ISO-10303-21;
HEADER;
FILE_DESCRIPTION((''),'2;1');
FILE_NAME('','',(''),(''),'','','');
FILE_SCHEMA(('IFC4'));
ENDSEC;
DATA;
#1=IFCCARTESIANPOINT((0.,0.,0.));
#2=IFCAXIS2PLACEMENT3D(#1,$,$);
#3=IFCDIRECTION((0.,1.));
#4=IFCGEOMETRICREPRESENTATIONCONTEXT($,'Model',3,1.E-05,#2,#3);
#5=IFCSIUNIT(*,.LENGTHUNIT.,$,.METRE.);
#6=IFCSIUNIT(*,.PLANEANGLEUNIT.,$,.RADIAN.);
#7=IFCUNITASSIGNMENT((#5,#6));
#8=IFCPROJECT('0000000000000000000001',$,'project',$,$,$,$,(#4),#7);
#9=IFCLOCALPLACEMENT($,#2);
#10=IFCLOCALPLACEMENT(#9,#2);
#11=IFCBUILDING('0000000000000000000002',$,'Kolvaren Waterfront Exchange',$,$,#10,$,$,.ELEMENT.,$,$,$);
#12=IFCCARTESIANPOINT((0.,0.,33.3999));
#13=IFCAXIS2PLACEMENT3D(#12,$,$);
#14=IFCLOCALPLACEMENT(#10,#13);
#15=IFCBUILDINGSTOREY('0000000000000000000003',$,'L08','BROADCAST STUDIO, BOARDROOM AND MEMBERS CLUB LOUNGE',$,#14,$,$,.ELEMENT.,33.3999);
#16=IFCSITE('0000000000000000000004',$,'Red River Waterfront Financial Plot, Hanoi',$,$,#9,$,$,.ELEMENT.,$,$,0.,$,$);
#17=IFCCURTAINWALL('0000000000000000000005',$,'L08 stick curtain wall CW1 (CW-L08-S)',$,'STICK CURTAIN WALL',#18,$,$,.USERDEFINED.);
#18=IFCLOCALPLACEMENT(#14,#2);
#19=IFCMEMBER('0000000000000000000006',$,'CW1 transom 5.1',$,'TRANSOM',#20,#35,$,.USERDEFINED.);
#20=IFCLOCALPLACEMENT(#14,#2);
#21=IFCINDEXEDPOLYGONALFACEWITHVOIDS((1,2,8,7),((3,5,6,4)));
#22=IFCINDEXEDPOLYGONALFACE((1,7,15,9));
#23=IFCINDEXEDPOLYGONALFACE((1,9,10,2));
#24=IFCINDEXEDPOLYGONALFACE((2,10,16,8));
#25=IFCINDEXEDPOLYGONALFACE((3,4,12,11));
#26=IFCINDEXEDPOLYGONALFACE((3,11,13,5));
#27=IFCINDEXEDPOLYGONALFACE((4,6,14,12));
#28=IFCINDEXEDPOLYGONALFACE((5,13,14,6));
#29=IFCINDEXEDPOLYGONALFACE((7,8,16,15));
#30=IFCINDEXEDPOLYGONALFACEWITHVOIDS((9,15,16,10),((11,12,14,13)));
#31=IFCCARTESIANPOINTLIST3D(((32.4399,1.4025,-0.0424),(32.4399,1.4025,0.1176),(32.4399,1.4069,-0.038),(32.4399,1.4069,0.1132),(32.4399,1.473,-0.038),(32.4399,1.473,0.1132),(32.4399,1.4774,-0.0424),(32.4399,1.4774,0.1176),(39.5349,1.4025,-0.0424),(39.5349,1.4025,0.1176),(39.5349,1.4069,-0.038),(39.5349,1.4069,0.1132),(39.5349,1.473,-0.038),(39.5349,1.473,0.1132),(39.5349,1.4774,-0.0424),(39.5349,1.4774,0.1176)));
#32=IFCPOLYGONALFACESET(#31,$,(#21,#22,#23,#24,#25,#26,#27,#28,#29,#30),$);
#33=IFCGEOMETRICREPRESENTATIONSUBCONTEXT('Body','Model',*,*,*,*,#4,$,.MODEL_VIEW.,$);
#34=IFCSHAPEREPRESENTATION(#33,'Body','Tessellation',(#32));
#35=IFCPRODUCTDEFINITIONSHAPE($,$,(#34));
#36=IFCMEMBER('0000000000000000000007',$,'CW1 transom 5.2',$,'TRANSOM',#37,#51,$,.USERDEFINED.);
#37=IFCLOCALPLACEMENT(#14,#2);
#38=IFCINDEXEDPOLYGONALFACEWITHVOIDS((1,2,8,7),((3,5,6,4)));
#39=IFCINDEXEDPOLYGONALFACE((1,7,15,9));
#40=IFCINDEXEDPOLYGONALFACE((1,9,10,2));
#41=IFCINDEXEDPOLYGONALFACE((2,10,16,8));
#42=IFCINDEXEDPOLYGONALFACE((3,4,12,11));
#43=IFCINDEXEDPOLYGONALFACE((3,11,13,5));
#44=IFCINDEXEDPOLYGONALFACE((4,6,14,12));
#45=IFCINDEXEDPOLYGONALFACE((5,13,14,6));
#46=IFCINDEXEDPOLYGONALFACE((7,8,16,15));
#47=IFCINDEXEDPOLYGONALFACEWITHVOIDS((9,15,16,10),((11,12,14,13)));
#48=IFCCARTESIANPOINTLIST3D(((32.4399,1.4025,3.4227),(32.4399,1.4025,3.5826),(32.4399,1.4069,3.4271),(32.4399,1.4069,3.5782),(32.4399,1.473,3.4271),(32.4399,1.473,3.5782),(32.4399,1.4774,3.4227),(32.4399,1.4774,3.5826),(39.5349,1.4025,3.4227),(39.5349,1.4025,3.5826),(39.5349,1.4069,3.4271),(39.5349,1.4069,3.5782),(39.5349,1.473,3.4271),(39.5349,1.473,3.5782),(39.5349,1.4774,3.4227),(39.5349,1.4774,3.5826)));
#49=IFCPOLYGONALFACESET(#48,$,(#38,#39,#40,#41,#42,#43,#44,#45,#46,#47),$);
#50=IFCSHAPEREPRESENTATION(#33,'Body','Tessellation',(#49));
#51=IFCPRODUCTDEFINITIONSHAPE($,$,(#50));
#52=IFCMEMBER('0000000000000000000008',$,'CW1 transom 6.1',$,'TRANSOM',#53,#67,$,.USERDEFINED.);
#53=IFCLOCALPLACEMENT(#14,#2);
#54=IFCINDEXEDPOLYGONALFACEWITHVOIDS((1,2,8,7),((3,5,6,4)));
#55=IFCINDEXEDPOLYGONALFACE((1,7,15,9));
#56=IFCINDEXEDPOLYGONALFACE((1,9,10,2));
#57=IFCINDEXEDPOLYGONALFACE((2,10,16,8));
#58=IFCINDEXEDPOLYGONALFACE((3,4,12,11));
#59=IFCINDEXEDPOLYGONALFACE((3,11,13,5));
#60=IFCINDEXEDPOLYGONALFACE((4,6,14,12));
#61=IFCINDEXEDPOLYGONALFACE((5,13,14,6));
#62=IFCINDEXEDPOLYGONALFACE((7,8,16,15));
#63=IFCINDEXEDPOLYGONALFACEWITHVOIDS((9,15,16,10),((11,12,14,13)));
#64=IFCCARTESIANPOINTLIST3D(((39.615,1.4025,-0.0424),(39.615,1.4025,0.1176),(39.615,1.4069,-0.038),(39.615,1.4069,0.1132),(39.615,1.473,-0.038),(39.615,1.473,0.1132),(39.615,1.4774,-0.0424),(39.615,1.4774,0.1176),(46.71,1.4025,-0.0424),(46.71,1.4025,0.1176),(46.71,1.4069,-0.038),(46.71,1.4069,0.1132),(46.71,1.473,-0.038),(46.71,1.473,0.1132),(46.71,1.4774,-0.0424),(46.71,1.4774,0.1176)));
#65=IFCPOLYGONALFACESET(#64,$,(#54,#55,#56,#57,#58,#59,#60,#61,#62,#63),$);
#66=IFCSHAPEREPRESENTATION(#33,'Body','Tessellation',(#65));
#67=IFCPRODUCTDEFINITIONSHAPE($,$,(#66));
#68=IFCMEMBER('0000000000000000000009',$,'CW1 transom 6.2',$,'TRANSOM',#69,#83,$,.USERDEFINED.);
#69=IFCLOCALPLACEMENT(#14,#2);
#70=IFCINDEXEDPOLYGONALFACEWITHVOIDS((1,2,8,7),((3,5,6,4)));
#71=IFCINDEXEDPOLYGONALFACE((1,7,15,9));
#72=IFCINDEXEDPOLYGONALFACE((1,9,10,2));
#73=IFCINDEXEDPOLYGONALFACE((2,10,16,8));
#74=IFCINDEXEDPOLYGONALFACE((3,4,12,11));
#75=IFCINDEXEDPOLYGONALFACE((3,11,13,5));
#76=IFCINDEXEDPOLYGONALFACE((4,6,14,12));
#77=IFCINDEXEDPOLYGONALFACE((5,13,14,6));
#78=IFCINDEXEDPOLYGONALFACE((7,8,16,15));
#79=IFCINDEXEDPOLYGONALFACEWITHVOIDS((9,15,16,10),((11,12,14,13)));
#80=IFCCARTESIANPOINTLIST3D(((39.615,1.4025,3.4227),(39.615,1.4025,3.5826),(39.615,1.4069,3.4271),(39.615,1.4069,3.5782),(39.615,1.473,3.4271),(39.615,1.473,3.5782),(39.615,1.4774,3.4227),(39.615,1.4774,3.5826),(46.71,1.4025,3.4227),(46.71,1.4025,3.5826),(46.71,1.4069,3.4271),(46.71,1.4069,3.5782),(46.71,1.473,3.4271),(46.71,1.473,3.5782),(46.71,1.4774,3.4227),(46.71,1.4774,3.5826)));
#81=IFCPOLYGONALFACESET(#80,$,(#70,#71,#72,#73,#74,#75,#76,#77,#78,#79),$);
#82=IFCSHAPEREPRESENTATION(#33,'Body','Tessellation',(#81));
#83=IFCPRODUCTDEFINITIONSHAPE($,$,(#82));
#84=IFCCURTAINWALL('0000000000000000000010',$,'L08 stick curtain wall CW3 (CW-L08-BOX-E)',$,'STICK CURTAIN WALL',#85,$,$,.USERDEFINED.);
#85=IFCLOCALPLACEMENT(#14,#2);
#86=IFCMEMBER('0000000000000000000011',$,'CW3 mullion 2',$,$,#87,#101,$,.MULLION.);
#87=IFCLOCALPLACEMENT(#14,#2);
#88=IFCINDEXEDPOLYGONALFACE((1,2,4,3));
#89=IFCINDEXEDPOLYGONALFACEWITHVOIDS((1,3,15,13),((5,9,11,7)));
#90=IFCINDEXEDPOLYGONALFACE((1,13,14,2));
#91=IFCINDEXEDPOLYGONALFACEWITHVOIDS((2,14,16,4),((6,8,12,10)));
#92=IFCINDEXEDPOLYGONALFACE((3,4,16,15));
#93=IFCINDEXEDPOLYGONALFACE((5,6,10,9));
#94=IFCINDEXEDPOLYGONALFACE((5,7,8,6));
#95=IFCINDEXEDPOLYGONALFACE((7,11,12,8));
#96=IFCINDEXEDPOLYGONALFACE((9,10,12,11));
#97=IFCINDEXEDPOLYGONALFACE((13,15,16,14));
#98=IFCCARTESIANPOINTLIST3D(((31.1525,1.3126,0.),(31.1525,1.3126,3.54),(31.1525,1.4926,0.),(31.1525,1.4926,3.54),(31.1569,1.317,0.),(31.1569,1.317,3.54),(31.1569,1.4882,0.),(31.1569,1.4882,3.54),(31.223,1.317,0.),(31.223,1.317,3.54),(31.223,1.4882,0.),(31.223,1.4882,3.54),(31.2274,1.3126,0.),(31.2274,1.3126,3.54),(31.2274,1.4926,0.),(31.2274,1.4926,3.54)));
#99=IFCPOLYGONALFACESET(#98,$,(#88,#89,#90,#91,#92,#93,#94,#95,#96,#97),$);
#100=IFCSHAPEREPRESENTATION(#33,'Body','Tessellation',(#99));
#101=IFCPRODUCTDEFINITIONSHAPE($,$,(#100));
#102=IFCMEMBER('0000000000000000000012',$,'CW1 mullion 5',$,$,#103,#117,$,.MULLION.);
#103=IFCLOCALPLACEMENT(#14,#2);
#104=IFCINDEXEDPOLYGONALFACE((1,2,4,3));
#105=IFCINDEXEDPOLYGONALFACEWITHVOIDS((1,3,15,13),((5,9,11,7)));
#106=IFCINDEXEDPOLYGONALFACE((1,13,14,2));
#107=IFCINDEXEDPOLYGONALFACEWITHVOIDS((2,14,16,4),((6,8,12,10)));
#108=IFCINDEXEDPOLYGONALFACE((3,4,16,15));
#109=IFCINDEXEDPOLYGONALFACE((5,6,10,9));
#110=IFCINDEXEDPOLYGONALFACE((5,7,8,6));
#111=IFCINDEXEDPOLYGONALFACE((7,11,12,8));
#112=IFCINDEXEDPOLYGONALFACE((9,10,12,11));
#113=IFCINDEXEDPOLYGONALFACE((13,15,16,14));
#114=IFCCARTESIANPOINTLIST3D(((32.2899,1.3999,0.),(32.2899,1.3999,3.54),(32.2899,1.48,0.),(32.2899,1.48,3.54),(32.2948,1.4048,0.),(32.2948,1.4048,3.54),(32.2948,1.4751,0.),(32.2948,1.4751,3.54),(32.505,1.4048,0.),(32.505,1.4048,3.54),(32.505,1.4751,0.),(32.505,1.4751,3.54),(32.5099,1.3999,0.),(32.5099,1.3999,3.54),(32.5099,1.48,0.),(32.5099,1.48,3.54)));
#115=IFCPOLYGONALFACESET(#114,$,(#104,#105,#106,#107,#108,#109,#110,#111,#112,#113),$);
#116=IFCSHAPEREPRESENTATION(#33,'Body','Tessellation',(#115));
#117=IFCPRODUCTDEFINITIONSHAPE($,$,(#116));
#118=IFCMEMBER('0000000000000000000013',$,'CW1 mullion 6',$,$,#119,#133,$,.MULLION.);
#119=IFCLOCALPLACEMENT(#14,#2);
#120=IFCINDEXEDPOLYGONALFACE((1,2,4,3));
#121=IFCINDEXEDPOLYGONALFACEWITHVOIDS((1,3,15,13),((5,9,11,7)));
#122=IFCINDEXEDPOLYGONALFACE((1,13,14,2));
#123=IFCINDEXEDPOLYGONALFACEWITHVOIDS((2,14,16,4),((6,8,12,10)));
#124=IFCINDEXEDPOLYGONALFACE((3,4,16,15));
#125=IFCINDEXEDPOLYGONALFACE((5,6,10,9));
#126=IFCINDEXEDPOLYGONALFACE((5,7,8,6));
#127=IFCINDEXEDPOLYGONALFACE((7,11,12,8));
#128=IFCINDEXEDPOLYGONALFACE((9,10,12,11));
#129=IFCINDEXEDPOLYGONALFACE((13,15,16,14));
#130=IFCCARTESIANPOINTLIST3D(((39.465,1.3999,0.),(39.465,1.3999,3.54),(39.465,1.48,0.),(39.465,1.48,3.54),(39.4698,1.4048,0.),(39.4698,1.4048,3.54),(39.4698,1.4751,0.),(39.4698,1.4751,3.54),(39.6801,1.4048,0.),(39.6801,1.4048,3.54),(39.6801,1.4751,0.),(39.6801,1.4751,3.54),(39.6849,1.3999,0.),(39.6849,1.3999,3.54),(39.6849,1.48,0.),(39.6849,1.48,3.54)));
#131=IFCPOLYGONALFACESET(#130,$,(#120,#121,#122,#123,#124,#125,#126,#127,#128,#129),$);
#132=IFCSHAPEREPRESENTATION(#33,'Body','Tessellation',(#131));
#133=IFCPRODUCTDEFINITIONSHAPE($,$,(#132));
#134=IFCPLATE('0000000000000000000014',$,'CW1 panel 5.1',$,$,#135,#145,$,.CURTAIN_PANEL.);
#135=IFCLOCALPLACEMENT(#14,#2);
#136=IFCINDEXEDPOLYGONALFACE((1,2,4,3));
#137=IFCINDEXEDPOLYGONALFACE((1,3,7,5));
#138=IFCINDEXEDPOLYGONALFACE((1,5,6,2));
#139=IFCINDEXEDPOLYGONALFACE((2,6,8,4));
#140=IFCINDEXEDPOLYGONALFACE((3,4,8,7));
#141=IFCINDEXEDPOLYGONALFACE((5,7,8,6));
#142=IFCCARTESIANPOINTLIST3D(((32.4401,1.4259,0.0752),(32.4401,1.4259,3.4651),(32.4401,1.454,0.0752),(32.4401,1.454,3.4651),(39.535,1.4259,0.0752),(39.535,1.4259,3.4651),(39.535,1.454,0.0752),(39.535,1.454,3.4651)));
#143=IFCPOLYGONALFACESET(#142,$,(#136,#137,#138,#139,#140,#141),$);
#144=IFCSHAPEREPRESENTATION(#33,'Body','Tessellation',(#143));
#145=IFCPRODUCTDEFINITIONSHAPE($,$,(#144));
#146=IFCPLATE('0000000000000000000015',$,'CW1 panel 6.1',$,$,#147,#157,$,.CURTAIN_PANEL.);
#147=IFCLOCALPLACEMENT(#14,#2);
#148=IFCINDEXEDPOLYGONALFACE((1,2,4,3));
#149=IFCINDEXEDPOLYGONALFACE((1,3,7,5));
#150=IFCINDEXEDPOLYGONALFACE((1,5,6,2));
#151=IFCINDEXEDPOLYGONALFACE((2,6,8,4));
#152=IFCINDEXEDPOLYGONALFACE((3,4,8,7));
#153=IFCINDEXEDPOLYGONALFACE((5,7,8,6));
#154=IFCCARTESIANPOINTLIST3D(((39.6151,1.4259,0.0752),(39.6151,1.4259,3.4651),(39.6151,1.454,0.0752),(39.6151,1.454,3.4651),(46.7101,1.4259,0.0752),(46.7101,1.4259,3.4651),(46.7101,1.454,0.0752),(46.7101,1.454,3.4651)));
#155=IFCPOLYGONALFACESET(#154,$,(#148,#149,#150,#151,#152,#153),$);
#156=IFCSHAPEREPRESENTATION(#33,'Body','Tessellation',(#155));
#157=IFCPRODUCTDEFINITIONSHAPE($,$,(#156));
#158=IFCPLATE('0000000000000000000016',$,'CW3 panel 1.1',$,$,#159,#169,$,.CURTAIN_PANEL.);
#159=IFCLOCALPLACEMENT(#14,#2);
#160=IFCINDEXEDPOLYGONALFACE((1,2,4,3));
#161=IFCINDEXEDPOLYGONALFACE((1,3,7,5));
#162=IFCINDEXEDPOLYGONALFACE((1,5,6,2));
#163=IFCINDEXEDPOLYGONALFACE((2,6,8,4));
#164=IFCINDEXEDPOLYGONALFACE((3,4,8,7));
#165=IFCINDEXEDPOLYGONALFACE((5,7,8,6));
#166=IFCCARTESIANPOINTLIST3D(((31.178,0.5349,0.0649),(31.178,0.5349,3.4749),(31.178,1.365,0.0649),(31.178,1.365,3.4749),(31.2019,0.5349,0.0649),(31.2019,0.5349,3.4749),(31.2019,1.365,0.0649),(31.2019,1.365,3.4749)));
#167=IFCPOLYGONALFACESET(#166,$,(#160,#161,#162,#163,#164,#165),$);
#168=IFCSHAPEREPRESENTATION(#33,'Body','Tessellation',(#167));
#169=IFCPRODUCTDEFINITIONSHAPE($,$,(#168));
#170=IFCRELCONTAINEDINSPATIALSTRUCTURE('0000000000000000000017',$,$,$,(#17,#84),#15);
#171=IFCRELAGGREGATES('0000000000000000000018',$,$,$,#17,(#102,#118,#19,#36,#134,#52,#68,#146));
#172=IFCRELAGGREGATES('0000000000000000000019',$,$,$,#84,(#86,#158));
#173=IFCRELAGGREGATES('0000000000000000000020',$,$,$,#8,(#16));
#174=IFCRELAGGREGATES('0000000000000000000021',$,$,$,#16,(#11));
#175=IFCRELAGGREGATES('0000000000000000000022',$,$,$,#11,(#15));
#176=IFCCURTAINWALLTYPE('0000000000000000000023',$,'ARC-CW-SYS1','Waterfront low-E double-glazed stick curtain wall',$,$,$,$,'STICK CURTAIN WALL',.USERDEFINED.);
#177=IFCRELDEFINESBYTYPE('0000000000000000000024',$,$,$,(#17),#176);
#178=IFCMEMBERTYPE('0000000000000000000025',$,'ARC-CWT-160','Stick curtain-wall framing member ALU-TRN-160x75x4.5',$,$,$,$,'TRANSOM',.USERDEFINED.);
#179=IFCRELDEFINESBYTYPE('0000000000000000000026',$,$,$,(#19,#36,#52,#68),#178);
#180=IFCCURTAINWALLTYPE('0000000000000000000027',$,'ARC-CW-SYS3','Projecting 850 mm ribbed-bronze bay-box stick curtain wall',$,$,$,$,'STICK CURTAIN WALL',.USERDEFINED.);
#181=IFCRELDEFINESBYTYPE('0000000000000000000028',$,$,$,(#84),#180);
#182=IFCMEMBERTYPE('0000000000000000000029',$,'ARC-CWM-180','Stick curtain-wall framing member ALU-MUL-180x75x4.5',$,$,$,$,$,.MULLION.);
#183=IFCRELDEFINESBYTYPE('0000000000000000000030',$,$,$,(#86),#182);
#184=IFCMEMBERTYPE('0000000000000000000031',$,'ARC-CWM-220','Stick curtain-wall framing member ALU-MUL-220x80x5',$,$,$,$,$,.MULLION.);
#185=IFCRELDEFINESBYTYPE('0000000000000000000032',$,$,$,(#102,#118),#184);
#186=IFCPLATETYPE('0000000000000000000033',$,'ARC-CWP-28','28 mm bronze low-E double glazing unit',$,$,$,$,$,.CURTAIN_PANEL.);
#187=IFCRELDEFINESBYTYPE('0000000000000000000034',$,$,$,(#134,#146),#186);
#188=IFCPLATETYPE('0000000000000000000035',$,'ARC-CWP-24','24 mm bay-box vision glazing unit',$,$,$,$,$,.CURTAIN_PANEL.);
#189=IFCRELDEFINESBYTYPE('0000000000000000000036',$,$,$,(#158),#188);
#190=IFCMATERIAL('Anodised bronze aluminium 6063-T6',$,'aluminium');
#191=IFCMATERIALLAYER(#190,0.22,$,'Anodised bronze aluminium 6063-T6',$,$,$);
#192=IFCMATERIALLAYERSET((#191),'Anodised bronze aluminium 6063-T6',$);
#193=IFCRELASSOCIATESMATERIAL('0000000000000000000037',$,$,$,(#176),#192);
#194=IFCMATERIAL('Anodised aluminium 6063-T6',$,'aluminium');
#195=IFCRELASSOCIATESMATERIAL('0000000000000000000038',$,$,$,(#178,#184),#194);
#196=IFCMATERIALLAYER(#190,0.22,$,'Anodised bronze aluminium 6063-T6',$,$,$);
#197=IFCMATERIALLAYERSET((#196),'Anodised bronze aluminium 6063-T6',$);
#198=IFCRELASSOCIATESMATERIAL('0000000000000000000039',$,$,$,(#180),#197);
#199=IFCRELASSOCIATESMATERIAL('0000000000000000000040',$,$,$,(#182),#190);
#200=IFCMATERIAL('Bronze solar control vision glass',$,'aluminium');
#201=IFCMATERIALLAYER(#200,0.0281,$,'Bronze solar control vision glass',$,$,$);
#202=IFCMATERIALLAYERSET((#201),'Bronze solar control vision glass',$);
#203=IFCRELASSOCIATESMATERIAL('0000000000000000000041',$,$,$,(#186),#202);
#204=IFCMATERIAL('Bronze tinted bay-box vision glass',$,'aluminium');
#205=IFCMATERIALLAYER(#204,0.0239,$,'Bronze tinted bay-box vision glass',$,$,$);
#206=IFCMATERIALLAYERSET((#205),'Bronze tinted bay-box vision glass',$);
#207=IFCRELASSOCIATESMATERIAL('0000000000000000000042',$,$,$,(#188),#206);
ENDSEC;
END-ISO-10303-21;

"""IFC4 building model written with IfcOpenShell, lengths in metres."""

from ifc_helpers import new_model, si_unit, direction, frame, origin, origin_with_axes, origin_2d, place, context, subcontext, project, spatial, rectangle, hollow_rectangle, extrude, source, transform, mapped, material, layer, layer_set, material_profile, profile_set, type_object, element, aggregate, save


model = new_model("IFC4")

# Units and contexts
model_context = context("Model", 3, precision=1e-05, world=origin(), true_north=direction((0.0, 1.0)))
body_context = subcontext(model_context, "Body", "Model", "MODEL_VIEW")
ifc_project = project(units=[si_unit("LENGTHUNIT", "METRE"), si_unit("PLANEANGLEUNIT", "RADIAN")], contexts=[model_context])

# Site, building, storey
site_placement = place(None, origin())
site = spatial("IfcSite", under=ifc_project, at=site_placement, Name="Red River Waterfront Financial Plot, Hanoi", CompositionType="ELEMENT", RefElevation=0.0)
building_placement = place(site_placement, origin())
building = spatial("IfcBuilding", under=site, at=building_placement, Name="Kolvaren Waterfront Exchange", CompositionType="ELEMENT")
storey_placement = place(building_placement, frame((0.0, 0.0, 33.3999)))
storey = spatial("IfcBuildingStorey", under=building, at=storey_placement, Name="L08", Description="BROADCAST STUDIO, BOARDROOM AND MEMBERS CLUB LOUNGE", CompositionType="ELEMENT", Elevation=33.3999)

# Curtain wall, members
ifc_material_1 = material(Name="Anodised bronze aluminium 6063-T6", Category="aluminium")
ifc_layer_1 = layer(ifc_material_1, 0.22, Name="Anodised bronze aluminium 6063-T6")
ifc_layer_set_1 = layer_set([ifc_layer_1], Name="Anodised bronze aluminium 6063-T6")
curtain_wall_type_1 = type_object("IfcCurtainWallType", Name="ARC-CW-SYS1", Description="Waterfront low-E double-glazed stick curtain wall", ElementType="STICK CURTAIN WALL", PredefinedType="USERDEFINED", material=ifc_layer_set_1)
curtain_wall_1_placement = place(storey_placement, origin())
curtain_wall_1 = element("IfcCurtainWall", 1, at=curtain_wall_1_placement, inside=storey, type_object=curtain_wall_type_1, Name="L08 stick curtain wall CW1 (CW-L08-S)", ObjectType="STICK CURTAIN WALL", PredefinedType="USERDEFINED")
ifc_material_2 = material(Name="Anodised aluminium 6063-T6", Category="aluminium")
ifc_material_profile_1 = material_profile(ifc_material_2, hollow_rectangle(XDim=0.075, YDim=0.1599, WallThickness=0.0044, at=origin_2d()), Name="ALU-TRN-160x75x4.5")
ifc_profile_set_1 = profile_set([ifc_material_profile_1], Name="Anodised aluminium 6063-T6")
member_type_1 = type_object("IfcMemberType", Name="ARC-CWT-160", Description="Stick curtain-wall framing member ALU-TRN-160x75x4.5", ElementType="TRANSOM", PredefinedType="USERDEFINED", material=ifc_profile_set_1)
shared_shape_1 = source(origin_with_axes(), body_context, "Body", "SweptSolid", [
    extrude(hollow_rectangle(XDim=0.075, YDim=0.1599, WallThickness=0.0044, at=origin_2d()), origin(), (0.0, 0.0, 1.0), 7.095),
])
member_1_placement = place(storey_placement, frame((32.4399, 1.4399, 0.0376), z_axis=(1.0, 0.0, 0.0), x_axis=(0.0, 1.0, 0.0)))
member_1 = element("IfcMember", 2, at=member_1_placement, type_object=member_type_1, Name="CW1 transom 5.1", ObjectType="TRANSOM", PredefinedType="USERDEFINED", context=body_context, shape_type="MappedRepresentation", body=[
    mapped(shared_shape_1, transform((0.0, 0.0, 0.0), x_axis=(1.0, 0.0, 0.0), y_axis=(0.0, 1.0, 0.0), z_axis=(0.0, 0.0, 1.0), scale=1.0)),
])
member_2_placement = place(storey_placement, frame((32.4399, 1.4399, 3.5027), z_axis=(1.0, 0.0, 0.0), x_axis=(0.0, 1.0, 0.0)))
member_2 = element("IfcMember", 3, at=member_2_placement, type_object=member_type_1, Name="CW1 transom 5.2", ObjectType="TRANSOM", PredefinedType="USERDEFINED", context=body_context, shape_type="MappedRepresentation", body=[
    mapped(shared_shape_1, transform((0.0, 0.0, 0.0), x_axis=(1.0, 0.0, 0.0), y_axis=(0.0, 1.0, 0.0), z_axis=(0.0, 0.0, 1.0), scale=1.0)),
])
member_3_placement = place(storey_placement, frame((39.615, 1.4399, 0.0376), z_axis=(1.0, 0.0, 0.0), x_axis=(0.0, 1.0, 0.0)))
member_3 = element("IfcMember", 4, at=member_3_placement, type_object=member_type_1, Name="CW1 transom 6.1", ObjectType="TRANSOM", PredefinedType="USERDEFINED", context=body_context, shape_type="MappedRepresentation", body=[
    mapped(shared_shape_1, transform((0.0, 0.0, 0.0), x_axis=(1.0, 0.0, 0.0), y_axis=(0.0, 1.0, 0.0), z_axis=(0.0, 0.0, 1.0), scale=1.0)),
])
member_4_placement = place(storey_placement, frame((39.615, 1.4399, 3.5027), z_axis=(1.0, 0.0, 0.0), x_axis=(0.0, 1.0, 0.0)))
member_4 = element("IfcMember", 5, at=member_4_placement, type_object=member_type_1, Name="CW1 transom 6.2", ObjectType="TRANSOM", PredefinedType="USERDEFINED", context=body_context, shape_type="MappedRepresentation", body=[
    mapped(shared_shape_1, transform((0.0, 0.0, 0.0), x_axis=(1.0, 0.0, 0.0), y_axis=(0.0, 1.0, 0.0), z_axis=(0.0, 0.0, 1.0), scale=1.0)),
])

# Curtain wall, member
ifc_layer_2 = layer(ifc_material_1, 0.22, Name="Anodised bronze aluminium 6063-T6")
ifc_layer_set_2 = layer_set([ifc_layer_2], Name="Anodised bronze aluminium 6063-T6")
curtain_wall_type_2 = type_object("IfcCurtainWallType", Name="ARC-CW-SYS3", Description="Projecting 850 mm ribbed-bronze bay-box stick curtain wall", ElementType="STICK CURTAIN WALL", PredefinedType="USERDEFINED", material=ifc_layer_set_2)
curtain_wall_2_placement = place(storey_placement, origin())
curtain_wall_2 = element("IfcCurtainWall", 6, at=curtain_wall_2_placement, inside=storey, type_object=curtain_wall_type_2, Name="L08 stick curtain wall CW3 (CW-L08-BOX-E)", ObjectType="STICK CURTAIN WALL", PredefinedType="USERDEFINED")
ifc_material_profile_2 = material_profile(ifc_material_1, hollow_rectangle(XDim=0.075, YDim=0.1799, WallThickness=0.0044, at=origin_2d()), Name="ALU-MUL-180x75x4.5")
ifc_profile_set_2 = profile_set([ifc_material_profile_2], Name="Anodised bronze aluminium 6063-T6")
member_type_2 = type_object("IfcMemberType", Name="ARC-CWM-180", Description="Stick curtain-wall framing member ALU-MUL-180x75x4.5", PredefinedType="MULLION", material=ifc_profile_set_2)
shared_shape_2 = source(origin_with_axes(), body_context, "Body", "SweptSolid", [
    extrude(hollow_rectangle(XDim=0.075, YDim=0.1799, WallThickness=0.0044, at=origin_2d()), origin(), (0.0, 0.0, 1.0), 3.54),
])
member_5_placement = place(storey_placement, frame((31.1899, 1.4026, 0.0), z_axis=(0.0, 0.0, 1.0), x_axis=(-1.0, 0.0, 0.0)))
member_5 = element("IfcMember", 7, at=member_5_placement, type_object=member_type_2, Name="CW3 mullion 2", PredefinedType="MULLION", context=body_context, shape_type="MappedRepresentation", body=[
    mapped(shared_shape_2, transform((0.0, 0.0, 0.0), x_axis=(1.0, 0.0, 0.0), y_axis=(0.0, 1.0, 0.0), z_axis=(0.0, 0.0, 1.0), scale=1.0)),
])

# Members
ifc_material_profile_3 = material_profile(ifc_material_2, hollow_rectangle(XDim=0.0801, YDim=0.22, WallThickness=0.0049, at=origin_2d()), Name="ALU-MUL-220x80x5")
ifc_profile_set_3 = profile_set([ifc_material_profile_3], Name="Anodised aluminium 6063-T6")
member_type_3 = type_object("IfcMemberType", Name="ARC-CWM-220", Description="Stick curtain-wall framing member ALU-MUL-220x80x5", PredefinedType="MULLION", material=ifc_profile_set_3)
shared_shape_3 = source(origin_with_axes(), body_context, "Body", "SweptSolid", [
    extrude(hollow_rectangle(XDim=0.0801, YDim=0.22, WallThickness=0.0049, at=origin_2d()), origin(), (0.0, 0.0, 1.0), 3.54),
])
member_6_placement = place(storey_placement, frame((32.3999, 1.4399, 0.0), z_axis=(0.0, 0.0, 1.0), x_axis=(0.0, 1.0, 0.0)))
member_6 = element("IfcMember", 8, at=member_6_placement, type_object=member_type_3, Name="CW1 mullion 5", PredefinedType="MULLION", context=body_context, shape_type="MappedRepresentation", body=[
    mapped(shared_shape_3, transform((0.0, 0.0, 0.0), x_axis=(1.0, 0.0, 0.0), y_axis=(0.0, 1.0, 0.0), z_axis=(0.0, 0.0, 1.0), scale=1.0)),
])
member_7_placement = place(storey_placement, frame((39.575, 1.4399, 0.0), z_axis=(0.0, 0.0, 1.0), x_axis=(0.0, 1.0, 0.0)))
member_7 = element("IfcMember", 9, at=member_7_placement, type_object=member_type_3, Name="CW1 mullion 6", PredefinedType="MULLION", context=body_context, shape_type="MappedRepresentation", body=[
    mapped(shared_shape_3, transform((0.0, 0.0, 0.0), x_axis=(1.0, 0.0, 0.0), y_axis=(0.0, 1.0, 0.0), z_axis=(0.0, 0.0, 1.0), scale=1.0)),
])

# Plates
ifc_material_3 = material(Name="Bronze solar control vision glass", Category="aluminium")
ifc_layer_3 = layer(ifc_material_3, 0.0281, Name="Bronze solar control vision glass")
ifc_layer_set_3 = layer_set([ifc_layer_3], Name="Bronze solar control vision glass")
plate_type_1 = type_object("IfcPlateType", Name="ARC-CWP-28", Description="28 mm bronze low-E double glazing unit", PredefinedType="CURTAIN_PANEL", material=ifc_layer_set_3)
shared_shape_4 = source(origin_with_axes(), body_context, "Body", "SweptSolid", [
    extrude(rectangle(XDim=7.095, YDim=0.0281, at=origin_2d()), origin(), (0.0, 0.0, 1.0), 3.3899),
])
plate_1_placement = place(storey_placement, frame((35.9875, 1.4399, 0.0752), z_axis=(0.0, 0.0, 1.0), x_axis=(1.0, 0.0, 0.0)))
plate_1 = element("IfcPlate", 10, at=plate_1_placement, type_object=plate_type_1, Name="CW1 panel 5.1", PredefinedType="CURTAIN_PANEL", context=body_context, shape_type="MappedRepresentation", body=[
    mapped(shared_shape_4, transform((0.0, 0.0, 0.0), x_axis=(1.0, 0.0, 0.0), y_axis=(0.0, 1.0, 0.0), z_axis=(0.0, 0.0, 1.0), scale=1.0)),
])
plate_2_placement = place(storey_placement, frame((43.1626, 1.4399, 0.0752), z_axis=(0.0, 0.0, 1.0), x_axis=(1.0, 0.0, 0.0)))
plate_2 = element("IfcPlate", 11, at=plate_2_placement, type_object=plate_type_1, Name="CW1 panel 6.1", PredefinedType="CURTAIN_PANEL", context=body_context, shape_type="MappedRepresentation", body=[
    mapped(shared_shape_4, transform((0.0, 0.0, 0.0), x_axis=(1.0, 0.0, 0.0), y_axis=(0.0, 1.0, 0.0), z_axis=(0.0, 0.0, 1.0), scale=1.0)),
])
aggregate(curtain_wall_1, [member_6, member_7, member_1, member_2, plate_1, member_3, member_4, plate_2])
ifc_material_4 = material(Name="Bronze tinted bay-box vision glass", Category="aluminium")
ifc_layer_4 = layer(ifc_material_4, 0.0239, Name="Bronze tinted bay-box vision glass")
ifc_layer_set_4 = layer_set([ifc_layer_4], Name="Bronze tinted bay-box vision glass")
plate_type_2 = type_object("IfcPlateType", Name="ARC-CWP-24", Description="24 mm bay-box vision glazing unit", PredefinedType="CURTAIN_PANEL", material=ifc_layer_set_4)
shared_shape_5 = source(origin_with_axes(), body_context, "Body", "SweptSolid", [
    extrude(rectangle(XDim=0.8301, YDim=0.0239, at=origin_2d()), origin(), (0.0, 0.0, 1.0), 3.4099),
])
plate_3_placement = place(storey_placement, frame((31.1899, 0.95, 0.0649), z_axis=(0.0, 0.0, 1.0), x_axis=(0.0, 1.0, 0.0)))
plate_3 = element("IfcPlate", 12, at=plate_3_placement, type_object=plate_type_2, Name="CW3 panel 1.1", PredefinedType="CURTAIN_PANEL", context=body_context, shape_type="MappedRepresentation", body=[
    mapped(shared_shape_5, transform((0.0, 0.0, 0.0), x_axis=(1.0, 0.0, 0.0), y_axis=(0.0, 1.0, 0.0), z_axis=(0.0, 0.0, 1.0), scale=1.0)),
])
aggregate(curtain_wall_2, [member_5, plate_3])

save(model, "model.ifc")
